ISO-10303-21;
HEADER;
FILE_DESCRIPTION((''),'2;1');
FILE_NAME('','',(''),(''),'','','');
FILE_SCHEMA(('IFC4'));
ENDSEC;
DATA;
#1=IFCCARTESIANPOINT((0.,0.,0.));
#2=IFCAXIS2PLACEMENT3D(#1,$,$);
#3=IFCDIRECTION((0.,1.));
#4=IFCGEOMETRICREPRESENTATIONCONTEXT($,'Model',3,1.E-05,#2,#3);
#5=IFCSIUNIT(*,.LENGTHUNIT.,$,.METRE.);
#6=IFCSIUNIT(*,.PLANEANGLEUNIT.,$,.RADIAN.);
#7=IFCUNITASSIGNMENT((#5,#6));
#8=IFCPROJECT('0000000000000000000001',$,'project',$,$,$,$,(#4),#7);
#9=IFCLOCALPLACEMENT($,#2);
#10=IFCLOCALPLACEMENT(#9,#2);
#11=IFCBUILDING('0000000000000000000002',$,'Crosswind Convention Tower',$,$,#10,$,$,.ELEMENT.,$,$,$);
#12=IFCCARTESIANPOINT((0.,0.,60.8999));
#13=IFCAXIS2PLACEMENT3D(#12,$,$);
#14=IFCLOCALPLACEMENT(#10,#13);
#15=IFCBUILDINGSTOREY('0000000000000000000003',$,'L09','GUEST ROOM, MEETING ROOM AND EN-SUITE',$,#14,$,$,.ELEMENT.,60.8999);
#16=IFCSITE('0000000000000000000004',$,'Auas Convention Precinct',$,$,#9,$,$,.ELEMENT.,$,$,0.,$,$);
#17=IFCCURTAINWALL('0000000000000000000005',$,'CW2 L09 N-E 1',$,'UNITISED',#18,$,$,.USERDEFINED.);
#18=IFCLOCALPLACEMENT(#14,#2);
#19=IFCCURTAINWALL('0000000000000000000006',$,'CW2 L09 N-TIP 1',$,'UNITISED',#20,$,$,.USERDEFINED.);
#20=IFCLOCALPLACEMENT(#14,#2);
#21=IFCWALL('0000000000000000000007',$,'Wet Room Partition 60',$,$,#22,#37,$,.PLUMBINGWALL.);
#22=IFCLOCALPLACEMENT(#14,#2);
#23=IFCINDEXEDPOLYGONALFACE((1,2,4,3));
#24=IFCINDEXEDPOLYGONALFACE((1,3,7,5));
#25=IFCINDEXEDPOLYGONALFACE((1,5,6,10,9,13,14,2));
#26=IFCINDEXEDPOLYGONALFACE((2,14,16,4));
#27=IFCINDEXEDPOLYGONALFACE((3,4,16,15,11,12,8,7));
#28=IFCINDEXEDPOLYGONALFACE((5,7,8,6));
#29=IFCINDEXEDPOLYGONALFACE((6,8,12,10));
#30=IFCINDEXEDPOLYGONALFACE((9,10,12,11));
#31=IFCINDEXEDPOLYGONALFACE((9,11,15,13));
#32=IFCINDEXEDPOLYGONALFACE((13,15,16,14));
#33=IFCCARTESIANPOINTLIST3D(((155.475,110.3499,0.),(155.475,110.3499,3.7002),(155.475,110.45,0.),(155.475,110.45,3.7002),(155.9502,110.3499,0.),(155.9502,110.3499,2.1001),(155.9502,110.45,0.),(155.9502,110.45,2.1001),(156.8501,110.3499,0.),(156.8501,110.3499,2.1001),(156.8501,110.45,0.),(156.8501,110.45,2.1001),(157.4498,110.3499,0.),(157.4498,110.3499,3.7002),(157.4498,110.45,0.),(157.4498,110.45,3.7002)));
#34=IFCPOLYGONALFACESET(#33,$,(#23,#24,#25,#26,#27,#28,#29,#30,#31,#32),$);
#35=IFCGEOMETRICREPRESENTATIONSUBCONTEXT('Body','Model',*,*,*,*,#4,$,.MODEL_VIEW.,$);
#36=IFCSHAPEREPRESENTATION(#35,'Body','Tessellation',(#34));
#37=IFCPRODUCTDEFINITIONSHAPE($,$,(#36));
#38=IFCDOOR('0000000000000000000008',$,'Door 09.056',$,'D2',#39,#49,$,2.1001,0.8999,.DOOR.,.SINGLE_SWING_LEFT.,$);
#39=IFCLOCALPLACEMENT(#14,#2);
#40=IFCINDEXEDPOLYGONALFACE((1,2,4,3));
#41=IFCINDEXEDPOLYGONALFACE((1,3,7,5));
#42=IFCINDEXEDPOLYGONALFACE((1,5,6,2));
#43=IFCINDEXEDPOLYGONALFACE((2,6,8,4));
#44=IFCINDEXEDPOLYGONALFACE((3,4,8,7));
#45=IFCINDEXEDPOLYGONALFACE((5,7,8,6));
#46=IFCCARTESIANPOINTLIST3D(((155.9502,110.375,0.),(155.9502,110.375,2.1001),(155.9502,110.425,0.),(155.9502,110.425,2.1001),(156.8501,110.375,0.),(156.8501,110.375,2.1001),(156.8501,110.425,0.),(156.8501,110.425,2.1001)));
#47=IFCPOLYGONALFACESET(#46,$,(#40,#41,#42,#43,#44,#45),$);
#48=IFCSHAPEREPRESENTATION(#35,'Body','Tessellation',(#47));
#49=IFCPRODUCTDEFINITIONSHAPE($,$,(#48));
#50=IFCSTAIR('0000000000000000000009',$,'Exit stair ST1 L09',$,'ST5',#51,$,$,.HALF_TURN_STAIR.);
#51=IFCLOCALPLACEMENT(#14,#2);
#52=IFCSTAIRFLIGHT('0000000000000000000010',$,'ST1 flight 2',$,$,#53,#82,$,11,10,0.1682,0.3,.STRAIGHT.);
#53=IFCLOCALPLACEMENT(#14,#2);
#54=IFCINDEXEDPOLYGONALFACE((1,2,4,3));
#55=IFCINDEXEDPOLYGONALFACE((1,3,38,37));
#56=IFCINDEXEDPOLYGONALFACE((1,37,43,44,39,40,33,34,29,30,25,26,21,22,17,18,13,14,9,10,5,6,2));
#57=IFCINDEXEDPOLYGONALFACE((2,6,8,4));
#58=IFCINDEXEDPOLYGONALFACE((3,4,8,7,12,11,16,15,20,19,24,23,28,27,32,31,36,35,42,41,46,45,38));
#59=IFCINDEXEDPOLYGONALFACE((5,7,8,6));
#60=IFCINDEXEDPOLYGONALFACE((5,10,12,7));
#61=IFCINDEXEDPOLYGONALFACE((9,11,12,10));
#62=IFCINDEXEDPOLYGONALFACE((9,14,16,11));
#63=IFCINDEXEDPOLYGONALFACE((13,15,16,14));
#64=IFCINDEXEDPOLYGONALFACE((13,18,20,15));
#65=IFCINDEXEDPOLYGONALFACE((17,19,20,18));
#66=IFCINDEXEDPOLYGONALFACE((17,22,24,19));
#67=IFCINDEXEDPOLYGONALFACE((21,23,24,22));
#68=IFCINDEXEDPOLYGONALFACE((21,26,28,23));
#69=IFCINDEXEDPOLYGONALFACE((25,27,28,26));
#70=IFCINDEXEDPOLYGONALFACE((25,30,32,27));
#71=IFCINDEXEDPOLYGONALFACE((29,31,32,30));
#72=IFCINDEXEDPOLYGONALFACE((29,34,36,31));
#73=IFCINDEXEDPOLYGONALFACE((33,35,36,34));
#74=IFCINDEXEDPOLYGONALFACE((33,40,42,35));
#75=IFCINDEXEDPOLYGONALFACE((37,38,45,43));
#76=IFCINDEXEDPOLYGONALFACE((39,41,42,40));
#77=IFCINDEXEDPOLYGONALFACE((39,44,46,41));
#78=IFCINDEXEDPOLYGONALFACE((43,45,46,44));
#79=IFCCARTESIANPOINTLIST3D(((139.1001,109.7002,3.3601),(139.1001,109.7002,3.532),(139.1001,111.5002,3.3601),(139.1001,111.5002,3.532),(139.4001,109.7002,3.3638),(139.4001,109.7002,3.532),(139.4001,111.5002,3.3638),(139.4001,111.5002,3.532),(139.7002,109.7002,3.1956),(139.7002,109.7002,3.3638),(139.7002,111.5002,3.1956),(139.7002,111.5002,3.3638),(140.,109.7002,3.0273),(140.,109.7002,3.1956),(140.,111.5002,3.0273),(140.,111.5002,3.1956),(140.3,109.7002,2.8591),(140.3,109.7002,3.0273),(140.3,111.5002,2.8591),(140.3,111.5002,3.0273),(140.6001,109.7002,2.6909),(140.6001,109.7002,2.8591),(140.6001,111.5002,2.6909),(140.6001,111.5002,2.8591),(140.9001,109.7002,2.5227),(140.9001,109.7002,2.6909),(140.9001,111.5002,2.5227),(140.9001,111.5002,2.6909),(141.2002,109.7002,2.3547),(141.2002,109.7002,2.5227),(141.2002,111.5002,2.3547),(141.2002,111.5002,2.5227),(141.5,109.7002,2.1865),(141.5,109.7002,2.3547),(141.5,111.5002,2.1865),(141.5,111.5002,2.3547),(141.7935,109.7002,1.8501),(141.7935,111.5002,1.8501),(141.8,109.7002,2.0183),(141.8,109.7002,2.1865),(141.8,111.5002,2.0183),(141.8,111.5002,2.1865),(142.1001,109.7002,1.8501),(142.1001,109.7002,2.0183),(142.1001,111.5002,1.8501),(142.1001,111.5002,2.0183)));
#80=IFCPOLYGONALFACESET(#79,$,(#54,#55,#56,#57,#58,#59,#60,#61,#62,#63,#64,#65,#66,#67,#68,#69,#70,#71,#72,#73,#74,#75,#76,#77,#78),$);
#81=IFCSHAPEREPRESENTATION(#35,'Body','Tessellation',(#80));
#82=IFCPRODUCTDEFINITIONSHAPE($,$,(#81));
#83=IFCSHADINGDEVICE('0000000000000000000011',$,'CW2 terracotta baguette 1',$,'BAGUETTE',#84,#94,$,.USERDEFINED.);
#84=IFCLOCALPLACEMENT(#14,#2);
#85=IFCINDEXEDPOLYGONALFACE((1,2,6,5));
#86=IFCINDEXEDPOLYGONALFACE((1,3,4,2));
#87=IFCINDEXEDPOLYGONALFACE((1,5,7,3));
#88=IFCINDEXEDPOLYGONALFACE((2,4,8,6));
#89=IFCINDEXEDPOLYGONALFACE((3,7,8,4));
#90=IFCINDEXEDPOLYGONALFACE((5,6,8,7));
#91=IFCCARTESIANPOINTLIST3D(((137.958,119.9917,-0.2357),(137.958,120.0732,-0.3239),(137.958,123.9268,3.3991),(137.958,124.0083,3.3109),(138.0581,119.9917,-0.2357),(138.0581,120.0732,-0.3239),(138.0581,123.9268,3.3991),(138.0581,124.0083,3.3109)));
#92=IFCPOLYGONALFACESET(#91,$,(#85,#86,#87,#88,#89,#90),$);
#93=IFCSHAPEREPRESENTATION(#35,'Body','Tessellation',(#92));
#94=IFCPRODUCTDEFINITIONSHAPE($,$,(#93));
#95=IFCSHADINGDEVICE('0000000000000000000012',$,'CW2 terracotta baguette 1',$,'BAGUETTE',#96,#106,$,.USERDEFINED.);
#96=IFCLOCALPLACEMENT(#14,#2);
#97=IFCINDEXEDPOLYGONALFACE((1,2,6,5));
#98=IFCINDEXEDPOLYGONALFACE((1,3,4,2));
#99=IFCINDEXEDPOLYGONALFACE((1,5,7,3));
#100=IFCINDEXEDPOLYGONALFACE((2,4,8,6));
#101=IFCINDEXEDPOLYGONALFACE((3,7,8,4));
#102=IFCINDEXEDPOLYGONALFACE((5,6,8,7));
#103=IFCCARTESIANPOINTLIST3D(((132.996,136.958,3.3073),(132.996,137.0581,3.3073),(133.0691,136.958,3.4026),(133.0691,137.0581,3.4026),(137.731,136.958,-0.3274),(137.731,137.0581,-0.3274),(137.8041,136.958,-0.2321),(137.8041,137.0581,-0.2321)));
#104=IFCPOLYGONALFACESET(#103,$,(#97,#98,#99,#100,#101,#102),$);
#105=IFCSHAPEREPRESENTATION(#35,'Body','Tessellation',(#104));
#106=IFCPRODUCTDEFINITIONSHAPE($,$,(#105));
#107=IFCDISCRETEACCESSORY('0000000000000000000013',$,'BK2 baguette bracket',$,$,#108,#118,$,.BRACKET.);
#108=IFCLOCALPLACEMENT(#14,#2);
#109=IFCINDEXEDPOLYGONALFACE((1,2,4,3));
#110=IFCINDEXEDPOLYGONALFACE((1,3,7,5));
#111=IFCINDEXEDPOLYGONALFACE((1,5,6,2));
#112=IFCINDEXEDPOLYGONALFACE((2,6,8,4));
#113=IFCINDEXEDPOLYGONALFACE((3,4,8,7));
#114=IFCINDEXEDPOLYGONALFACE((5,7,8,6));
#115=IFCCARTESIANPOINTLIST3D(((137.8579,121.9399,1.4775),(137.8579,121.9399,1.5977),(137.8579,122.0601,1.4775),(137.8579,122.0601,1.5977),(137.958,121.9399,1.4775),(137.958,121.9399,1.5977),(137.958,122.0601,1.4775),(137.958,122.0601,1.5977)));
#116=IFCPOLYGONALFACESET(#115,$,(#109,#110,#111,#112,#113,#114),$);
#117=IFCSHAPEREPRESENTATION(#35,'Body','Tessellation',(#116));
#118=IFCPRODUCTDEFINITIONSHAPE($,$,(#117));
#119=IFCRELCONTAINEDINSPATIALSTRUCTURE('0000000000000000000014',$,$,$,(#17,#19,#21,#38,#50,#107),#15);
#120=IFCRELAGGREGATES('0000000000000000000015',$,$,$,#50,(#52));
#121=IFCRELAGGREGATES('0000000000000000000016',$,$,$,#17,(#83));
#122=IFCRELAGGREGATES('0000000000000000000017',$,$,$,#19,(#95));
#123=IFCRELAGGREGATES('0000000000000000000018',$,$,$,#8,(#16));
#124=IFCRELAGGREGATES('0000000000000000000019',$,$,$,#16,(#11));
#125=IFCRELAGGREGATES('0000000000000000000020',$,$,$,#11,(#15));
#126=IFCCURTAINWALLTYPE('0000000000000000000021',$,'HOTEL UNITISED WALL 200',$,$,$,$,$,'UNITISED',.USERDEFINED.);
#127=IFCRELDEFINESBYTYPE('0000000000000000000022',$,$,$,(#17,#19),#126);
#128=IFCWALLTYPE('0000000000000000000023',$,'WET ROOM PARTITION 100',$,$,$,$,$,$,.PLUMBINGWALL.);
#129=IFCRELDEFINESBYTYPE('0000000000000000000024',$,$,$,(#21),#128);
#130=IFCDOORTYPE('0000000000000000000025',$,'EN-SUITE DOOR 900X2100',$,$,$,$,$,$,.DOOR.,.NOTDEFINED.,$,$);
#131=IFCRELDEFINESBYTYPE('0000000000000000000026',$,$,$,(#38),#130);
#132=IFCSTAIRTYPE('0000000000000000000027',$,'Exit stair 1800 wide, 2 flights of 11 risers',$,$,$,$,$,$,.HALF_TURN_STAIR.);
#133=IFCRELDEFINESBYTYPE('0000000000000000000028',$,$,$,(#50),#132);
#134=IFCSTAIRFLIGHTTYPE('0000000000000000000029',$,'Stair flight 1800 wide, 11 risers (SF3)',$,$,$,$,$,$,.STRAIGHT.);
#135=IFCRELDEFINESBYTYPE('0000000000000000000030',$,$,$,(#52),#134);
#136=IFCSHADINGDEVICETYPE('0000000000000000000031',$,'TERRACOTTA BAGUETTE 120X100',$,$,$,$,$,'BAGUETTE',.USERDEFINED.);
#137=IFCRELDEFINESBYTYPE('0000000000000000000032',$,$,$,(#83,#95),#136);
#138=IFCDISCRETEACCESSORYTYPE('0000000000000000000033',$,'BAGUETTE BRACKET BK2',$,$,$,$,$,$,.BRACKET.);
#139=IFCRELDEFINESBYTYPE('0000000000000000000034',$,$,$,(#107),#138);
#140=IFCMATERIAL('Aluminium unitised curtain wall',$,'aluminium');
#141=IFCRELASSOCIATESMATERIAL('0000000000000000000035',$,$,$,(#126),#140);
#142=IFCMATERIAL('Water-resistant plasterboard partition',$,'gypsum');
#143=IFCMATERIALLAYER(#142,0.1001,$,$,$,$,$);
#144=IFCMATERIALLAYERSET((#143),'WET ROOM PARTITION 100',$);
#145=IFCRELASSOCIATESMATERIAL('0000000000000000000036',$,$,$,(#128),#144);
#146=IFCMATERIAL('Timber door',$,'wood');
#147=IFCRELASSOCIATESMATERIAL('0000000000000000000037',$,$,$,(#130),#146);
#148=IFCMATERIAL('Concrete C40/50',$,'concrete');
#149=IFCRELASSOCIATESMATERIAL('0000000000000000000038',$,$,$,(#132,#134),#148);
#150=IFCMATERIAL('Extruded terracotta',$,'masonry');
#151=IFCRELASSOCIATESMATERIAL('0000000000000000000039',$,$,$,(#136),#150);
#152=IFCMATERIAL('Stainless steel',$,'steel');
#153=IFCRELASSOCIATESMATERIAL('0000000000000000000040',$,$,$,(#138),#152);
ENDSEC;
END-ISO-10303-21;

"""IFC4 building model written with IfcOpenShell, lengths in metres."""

from ifc_helpers import new_model, si_unit, direction, frame, frame_2d, origin, origin_2d, place, context, subcontext, project, spatial, polyline, rectangle, outline, extrude, material, layer, layer_set, material_profile, profile_set, type_object, element, fill, aggregate, save


model = new_model("IFC4")

# Units and contexts
model_context = context("Model", 3, precision=1e-05, world=origin(), true_north=direction((0.0, 1.0)))
body_context = subcontext(model_context, "Body", "Model", "MODEL_VIEW")
ifc_project = project(units=[si_unit("LENGTHUNIT", "METRE"), si_unit("PLANEANGLEUNIT", "RADIAN")], contexts=[model_context])

# Site, building, storey
site_placement = place(None, origin())
site = spatial("IfcSite", under=ifc_project, at=site_placement, Name="Auas Convention Precinct", CompositionType="ELEMENT", RefElevation=0.0)
building_placement = place(site_placement, origin())
building = spatial("IfcBuilding", under=site, at=building_placement, Name="Crosswind Convention Tower", CompositionType="ELEMENT")
storey_placement = place(building_placement, frame((0.0, 0.0, 60.8999)))
storey = spatial("IfcBuildingStorey", under=building, at=storey_placement, Name="L09", Description="GUEST ROOM, MEETING ROOM AND EN-SUITE", CompositionType="ELEMENT", Elevation=60.8999)

# Shared definitions
ifc_material_1 = material(Name="Aluminium unitised curtain wall", Category="aluminium")

# Shared definitions
curtain_wall_type_1 = type_object("IfcCurtainWallType", Name="HOTEL UNITISED WALL 200", ElementType="UNITISED", PredefinedType="USERDEFINED", material=ifc_material_1)

# Curtain wall
curtain_wall_1_placement = place(storey_placement, origin())
curtain_wall_1 = element("IfcCurtainWall", 1, at=curtain_wall_1_placement, inside=storey, type_object=curtain_wall_type_1, Name="CW2 L09 N-E 1", ObjectType="UNITISED", PredefinedType="USERDEFINED")

# Curtain wall
curtain_wall_2_placement = place(storey_placement, origin())
curtain_wall_2 = element("IfcCurtainWall", 2, at=curtain_wall_2_placement, inside=storey, type_object=curtain_wall_type_1, Name="CW2 L09 N-TIP 1", ObjectType="UNITISED", PredefinedType="USERDEFINED")

# Wall, opening, door
ifc_material_2 = material(Name="Water-resistant plasterboard partition", Category="gypsum")
ifc_layer_1 = layer(ifc_material_2, 0.1001)
ifc_layer_set_1 = layer_set([ifc_layer_1], Name="WET ROOM PARTITION 100")
wall_type_1 = type_object("IfcWallType", Name="WET ROOM PARTITION 100", PredefinedType="PLUMBINGWALL", material=ifc_layer_set_1)
wall_1_placement = place(storey_placement, frame((155.4751, 110.3999, 0.0), z_axis=(0.0, 0.0, 1.0), x_axis=(1.0, 0.0, 0.0)))
wall_1 = element("IfcWall", 3, at=wall_1_placement, inside=storey, type_object=wall_type_1, Name="Wet Room Partition 60", PredefinedType="PLUMBINGWALL", context=body_context, shape_type="SweptSolid", body=[
    extrude(rectangle(XDim=1.9749, YDim=0.1001, at=frame_2d((0.9873, 0.0))), origin(), (0.0, 0.0, 1.0), 3.7002),
])
opening_1_placement = place(wall_1_placement, frame((0.4751, 0.0, 0.0)))
opening_1 = element("IfcOpeningElement", 4, at=opening_1_placement, cuts=wall_1, PredefinedType="OPENING", context=body_context, shape_type="SweptSolid", body=[
    extrude(rectangle(XDim=0.8999, YDim=2.1001, at=frame_2d((0.45, 1.05))), frame((0.0, 0.0601, 0.0), z_axis=(0.0, -1.0, 0.0), x_axis=(1.0, 0.0, 0.0)), (0.0, 0.0, 1.0), 0.1201),
])
ifc_material_3 = material(Name="Timber door", Category="wood")
door_type_1 = type_object("IfcDoorType", Name="EN-SUITE DOOR 900X2100", OperationType="NOTDEFINED", PredefinedType="DOOR", material=ifc_material_3)
door_1_placement = place(opening_1_placement, frame((0.8999, 0.0, 0.0), z_axis=(0.0, 0.0, 1.0), x_axis=(-1.0, 0.0, 0.0)))
door_1 = element("IfcDoor", 5, at=door_1_placement, inside=storey, type_object=door_type_1, Name="Door 09.056", ObjectType="D2", OperationType="SINGLE_SWING_LEFT", OverallHeight=2.1001, OverallWidth=0.8999, PredefinedType="DOOR", context=body_context, shape_type="SweptSolid", body=[
    extrude(rectangle(XDim=0.8999, YDim=2.1001, at=frame_2d((0.45, 1.05))), frame((0.0, 0.0249, 0.0), z_axis=(0.0, -1.0, 0.0), x_axis=(1.0, 0.0, 0.0)), (0.0, 0.0, 1.0), 0.05),
])
fill(opening_1, door_1)

# Stair, stair flight
ifc_material_4 = material(Name="Concrete C40/50", Category="concrete")
stair_type = type_object("IfcStairType", Name="Exit stair 1800 wide, 2 flights of 11 risers", PredefinedType="HALF_TURN_STAIR", material=ifc_material_4)
stair_placement = place(storey_placement, origin())
stair = element("IfcStair", 6, at=stair_placement, inside=storey, type_object=stair_type, Name="Exit stair ST1 L09", ObjectType="ST5", PredefinedType="HALF_TURN_STAIR")
stair_flight_type = type_object("IfcStairFlightType", Name="Stair flight 1800 wide, 11 risers (SF3)", PredefinedType="STRAIGHT", material=ifc_material_4)
stair_flight_placement = place(storey_placement, frame((142.1001, 110.6001, 1.8501), z_axis=(0.0, 0.0, 1.0), x_axis=(-1.0, 0.0, 0.0)))
stair_flight = element("IfcStairFlight", 7, at=stair_flight_placement, type_object=stair_flight_type, Name="ST1 flight 2", NumberOfRisers=11, NumberOfTreads=10, PredefinedType="STRAIGHT", RiserHeight=0.1682, TreadLength=0.3, context=body_context, shape_type="SweptSolid", body=[
    extrude(outline(polyline([(0.0, 0.0), (0.0, 0.1682), (0.3, 0.1682), (0.3, 0.3364), (0.6001, 0.3364), (0.6001, 0.5046), (0.8999, 0.5046), (0.8999, 0.6726), (1.2, 0.6726), (1.2, 0.8408), (1.5, 0.8408), (1.5, 1.009), (1.8, 1.009), (1.8, 1.1772), (2.1001, 1.1772), (2.1001, 1.3455), (2.3999, 1.3455), (2.3999, 1.5137), (2.7, 1.5137), (2.7, 1.6819), (3.0, 1.6819), (3.0, 1.8501), (3.0, 1.51), (0.3066, 0.0), (0.0, 0.0)])), frame((0.0, 0.8999, 0.0), z_axis=(0.0, -1.0, 0.0), x_axis=(1.0, 0.0, 0.0)), (0.0, 0.0, 1.0), 1.8),
])
aggregate(stair, [stair_flight])

# Shared definitions
ifc_material_5 = material(Name="Stainless steel", Category="steel")

# Shading devices
ifc_material_6 = material(Name="Extruded terracotta", Category="masonry")
ifc_material_profile_1 = material_profile(ifc_material_6, rectangle(XDim=0.1001, YDim=0.1201, at=origin_2d()), Name="TC 100X120")
ifc_profile_set_1 = profile_set([ifc_material_profile_1], Name="Extruded terracotta")
shading_device_type = type_object("IfcShadingDeviceType", Name="TERRACOTTA BAGUETTE 120X100", ElementType="BAGUETTE", PredefinedType="USERDEFINED", material=ifc_profile_set_1)
shading_device_1_placement = place(storey_placement, frame((138.0081, 120.0325, -0.2798), z_axis=(0.0, 0.73458, 0.678522), x_axis=(-1.0, 0.0, 0.0)))
shading_device_1 = element("IfcShadingDevice", 8, at=shading_device_1_placement, type_object=shading_device_type, Name="CW2 terracotta baguette 1", ObjectType="BAGUETTE", PredefinedType="USERDEFINED", context=body_context, shape_type="SweptSolid", body=[
    extrude(rectangle(XDim=0.1001, YDim=0.1201, at=origin_2d()), origin(), (0.0, 0.0, 1.0), 5.3569),
])
aggregate(curtain_wall_1, [shading_device_1])
shading_device_2_placement = place(storey_placement, frame((137.7676, 137.0081, -0.2798), z_axis=(-0.793241, 0.0, 0.608908), x_axis=(0.0, -1.0, 0.0)))
shading_device_2 = element("IfcShadingDevice", 9, at=shading_device_2_placement, type_object=shading_device_type, Name="CW2 terracotta baguette 1", ObjectType="BAGUETTE", PredefinedType="USERDEFINED", context=body_context, shape_type="SweptSolid", body=[
    extrude(rectangle(XDim=0.1001, YDim=0.1201, at=origin_2d()), origin(), (0.0, 0.0, 1.0), 5.9692),
])
aggregate(curtain_wall_2, [shading_device_2])

# Discrete accessory
discrete_accessory_type = type_object("IfcDiscreteAccessoryType", Name="BAGUETTE BRACKET BK2", PredefinedType="BRACKET", material=ifc_material_5)
discrete_accessory_placement = place(storey_placement, frame((137.908, 122.0, 1.4775), z_axis=(0.0, 0.0, 1.0), x_axis=(0.0, 1.0, 0.0)))
element("IfcDiscreteAccessory", 10, at=discrete_accessory_placement, inside=storey, type_object=discrete_accessory_type, Name="BK2 baguette bracket", PredefinedType="BRACKET", context=body_context, shape_type="SweptSolid", body=[
    extrude(rectangle(XDim=0.1201, YDim=0.1001, at=origin_2d()), origin(), (0.0, 0.0, 1.0), 0.1201),
])

save(model, "model.ifc")
